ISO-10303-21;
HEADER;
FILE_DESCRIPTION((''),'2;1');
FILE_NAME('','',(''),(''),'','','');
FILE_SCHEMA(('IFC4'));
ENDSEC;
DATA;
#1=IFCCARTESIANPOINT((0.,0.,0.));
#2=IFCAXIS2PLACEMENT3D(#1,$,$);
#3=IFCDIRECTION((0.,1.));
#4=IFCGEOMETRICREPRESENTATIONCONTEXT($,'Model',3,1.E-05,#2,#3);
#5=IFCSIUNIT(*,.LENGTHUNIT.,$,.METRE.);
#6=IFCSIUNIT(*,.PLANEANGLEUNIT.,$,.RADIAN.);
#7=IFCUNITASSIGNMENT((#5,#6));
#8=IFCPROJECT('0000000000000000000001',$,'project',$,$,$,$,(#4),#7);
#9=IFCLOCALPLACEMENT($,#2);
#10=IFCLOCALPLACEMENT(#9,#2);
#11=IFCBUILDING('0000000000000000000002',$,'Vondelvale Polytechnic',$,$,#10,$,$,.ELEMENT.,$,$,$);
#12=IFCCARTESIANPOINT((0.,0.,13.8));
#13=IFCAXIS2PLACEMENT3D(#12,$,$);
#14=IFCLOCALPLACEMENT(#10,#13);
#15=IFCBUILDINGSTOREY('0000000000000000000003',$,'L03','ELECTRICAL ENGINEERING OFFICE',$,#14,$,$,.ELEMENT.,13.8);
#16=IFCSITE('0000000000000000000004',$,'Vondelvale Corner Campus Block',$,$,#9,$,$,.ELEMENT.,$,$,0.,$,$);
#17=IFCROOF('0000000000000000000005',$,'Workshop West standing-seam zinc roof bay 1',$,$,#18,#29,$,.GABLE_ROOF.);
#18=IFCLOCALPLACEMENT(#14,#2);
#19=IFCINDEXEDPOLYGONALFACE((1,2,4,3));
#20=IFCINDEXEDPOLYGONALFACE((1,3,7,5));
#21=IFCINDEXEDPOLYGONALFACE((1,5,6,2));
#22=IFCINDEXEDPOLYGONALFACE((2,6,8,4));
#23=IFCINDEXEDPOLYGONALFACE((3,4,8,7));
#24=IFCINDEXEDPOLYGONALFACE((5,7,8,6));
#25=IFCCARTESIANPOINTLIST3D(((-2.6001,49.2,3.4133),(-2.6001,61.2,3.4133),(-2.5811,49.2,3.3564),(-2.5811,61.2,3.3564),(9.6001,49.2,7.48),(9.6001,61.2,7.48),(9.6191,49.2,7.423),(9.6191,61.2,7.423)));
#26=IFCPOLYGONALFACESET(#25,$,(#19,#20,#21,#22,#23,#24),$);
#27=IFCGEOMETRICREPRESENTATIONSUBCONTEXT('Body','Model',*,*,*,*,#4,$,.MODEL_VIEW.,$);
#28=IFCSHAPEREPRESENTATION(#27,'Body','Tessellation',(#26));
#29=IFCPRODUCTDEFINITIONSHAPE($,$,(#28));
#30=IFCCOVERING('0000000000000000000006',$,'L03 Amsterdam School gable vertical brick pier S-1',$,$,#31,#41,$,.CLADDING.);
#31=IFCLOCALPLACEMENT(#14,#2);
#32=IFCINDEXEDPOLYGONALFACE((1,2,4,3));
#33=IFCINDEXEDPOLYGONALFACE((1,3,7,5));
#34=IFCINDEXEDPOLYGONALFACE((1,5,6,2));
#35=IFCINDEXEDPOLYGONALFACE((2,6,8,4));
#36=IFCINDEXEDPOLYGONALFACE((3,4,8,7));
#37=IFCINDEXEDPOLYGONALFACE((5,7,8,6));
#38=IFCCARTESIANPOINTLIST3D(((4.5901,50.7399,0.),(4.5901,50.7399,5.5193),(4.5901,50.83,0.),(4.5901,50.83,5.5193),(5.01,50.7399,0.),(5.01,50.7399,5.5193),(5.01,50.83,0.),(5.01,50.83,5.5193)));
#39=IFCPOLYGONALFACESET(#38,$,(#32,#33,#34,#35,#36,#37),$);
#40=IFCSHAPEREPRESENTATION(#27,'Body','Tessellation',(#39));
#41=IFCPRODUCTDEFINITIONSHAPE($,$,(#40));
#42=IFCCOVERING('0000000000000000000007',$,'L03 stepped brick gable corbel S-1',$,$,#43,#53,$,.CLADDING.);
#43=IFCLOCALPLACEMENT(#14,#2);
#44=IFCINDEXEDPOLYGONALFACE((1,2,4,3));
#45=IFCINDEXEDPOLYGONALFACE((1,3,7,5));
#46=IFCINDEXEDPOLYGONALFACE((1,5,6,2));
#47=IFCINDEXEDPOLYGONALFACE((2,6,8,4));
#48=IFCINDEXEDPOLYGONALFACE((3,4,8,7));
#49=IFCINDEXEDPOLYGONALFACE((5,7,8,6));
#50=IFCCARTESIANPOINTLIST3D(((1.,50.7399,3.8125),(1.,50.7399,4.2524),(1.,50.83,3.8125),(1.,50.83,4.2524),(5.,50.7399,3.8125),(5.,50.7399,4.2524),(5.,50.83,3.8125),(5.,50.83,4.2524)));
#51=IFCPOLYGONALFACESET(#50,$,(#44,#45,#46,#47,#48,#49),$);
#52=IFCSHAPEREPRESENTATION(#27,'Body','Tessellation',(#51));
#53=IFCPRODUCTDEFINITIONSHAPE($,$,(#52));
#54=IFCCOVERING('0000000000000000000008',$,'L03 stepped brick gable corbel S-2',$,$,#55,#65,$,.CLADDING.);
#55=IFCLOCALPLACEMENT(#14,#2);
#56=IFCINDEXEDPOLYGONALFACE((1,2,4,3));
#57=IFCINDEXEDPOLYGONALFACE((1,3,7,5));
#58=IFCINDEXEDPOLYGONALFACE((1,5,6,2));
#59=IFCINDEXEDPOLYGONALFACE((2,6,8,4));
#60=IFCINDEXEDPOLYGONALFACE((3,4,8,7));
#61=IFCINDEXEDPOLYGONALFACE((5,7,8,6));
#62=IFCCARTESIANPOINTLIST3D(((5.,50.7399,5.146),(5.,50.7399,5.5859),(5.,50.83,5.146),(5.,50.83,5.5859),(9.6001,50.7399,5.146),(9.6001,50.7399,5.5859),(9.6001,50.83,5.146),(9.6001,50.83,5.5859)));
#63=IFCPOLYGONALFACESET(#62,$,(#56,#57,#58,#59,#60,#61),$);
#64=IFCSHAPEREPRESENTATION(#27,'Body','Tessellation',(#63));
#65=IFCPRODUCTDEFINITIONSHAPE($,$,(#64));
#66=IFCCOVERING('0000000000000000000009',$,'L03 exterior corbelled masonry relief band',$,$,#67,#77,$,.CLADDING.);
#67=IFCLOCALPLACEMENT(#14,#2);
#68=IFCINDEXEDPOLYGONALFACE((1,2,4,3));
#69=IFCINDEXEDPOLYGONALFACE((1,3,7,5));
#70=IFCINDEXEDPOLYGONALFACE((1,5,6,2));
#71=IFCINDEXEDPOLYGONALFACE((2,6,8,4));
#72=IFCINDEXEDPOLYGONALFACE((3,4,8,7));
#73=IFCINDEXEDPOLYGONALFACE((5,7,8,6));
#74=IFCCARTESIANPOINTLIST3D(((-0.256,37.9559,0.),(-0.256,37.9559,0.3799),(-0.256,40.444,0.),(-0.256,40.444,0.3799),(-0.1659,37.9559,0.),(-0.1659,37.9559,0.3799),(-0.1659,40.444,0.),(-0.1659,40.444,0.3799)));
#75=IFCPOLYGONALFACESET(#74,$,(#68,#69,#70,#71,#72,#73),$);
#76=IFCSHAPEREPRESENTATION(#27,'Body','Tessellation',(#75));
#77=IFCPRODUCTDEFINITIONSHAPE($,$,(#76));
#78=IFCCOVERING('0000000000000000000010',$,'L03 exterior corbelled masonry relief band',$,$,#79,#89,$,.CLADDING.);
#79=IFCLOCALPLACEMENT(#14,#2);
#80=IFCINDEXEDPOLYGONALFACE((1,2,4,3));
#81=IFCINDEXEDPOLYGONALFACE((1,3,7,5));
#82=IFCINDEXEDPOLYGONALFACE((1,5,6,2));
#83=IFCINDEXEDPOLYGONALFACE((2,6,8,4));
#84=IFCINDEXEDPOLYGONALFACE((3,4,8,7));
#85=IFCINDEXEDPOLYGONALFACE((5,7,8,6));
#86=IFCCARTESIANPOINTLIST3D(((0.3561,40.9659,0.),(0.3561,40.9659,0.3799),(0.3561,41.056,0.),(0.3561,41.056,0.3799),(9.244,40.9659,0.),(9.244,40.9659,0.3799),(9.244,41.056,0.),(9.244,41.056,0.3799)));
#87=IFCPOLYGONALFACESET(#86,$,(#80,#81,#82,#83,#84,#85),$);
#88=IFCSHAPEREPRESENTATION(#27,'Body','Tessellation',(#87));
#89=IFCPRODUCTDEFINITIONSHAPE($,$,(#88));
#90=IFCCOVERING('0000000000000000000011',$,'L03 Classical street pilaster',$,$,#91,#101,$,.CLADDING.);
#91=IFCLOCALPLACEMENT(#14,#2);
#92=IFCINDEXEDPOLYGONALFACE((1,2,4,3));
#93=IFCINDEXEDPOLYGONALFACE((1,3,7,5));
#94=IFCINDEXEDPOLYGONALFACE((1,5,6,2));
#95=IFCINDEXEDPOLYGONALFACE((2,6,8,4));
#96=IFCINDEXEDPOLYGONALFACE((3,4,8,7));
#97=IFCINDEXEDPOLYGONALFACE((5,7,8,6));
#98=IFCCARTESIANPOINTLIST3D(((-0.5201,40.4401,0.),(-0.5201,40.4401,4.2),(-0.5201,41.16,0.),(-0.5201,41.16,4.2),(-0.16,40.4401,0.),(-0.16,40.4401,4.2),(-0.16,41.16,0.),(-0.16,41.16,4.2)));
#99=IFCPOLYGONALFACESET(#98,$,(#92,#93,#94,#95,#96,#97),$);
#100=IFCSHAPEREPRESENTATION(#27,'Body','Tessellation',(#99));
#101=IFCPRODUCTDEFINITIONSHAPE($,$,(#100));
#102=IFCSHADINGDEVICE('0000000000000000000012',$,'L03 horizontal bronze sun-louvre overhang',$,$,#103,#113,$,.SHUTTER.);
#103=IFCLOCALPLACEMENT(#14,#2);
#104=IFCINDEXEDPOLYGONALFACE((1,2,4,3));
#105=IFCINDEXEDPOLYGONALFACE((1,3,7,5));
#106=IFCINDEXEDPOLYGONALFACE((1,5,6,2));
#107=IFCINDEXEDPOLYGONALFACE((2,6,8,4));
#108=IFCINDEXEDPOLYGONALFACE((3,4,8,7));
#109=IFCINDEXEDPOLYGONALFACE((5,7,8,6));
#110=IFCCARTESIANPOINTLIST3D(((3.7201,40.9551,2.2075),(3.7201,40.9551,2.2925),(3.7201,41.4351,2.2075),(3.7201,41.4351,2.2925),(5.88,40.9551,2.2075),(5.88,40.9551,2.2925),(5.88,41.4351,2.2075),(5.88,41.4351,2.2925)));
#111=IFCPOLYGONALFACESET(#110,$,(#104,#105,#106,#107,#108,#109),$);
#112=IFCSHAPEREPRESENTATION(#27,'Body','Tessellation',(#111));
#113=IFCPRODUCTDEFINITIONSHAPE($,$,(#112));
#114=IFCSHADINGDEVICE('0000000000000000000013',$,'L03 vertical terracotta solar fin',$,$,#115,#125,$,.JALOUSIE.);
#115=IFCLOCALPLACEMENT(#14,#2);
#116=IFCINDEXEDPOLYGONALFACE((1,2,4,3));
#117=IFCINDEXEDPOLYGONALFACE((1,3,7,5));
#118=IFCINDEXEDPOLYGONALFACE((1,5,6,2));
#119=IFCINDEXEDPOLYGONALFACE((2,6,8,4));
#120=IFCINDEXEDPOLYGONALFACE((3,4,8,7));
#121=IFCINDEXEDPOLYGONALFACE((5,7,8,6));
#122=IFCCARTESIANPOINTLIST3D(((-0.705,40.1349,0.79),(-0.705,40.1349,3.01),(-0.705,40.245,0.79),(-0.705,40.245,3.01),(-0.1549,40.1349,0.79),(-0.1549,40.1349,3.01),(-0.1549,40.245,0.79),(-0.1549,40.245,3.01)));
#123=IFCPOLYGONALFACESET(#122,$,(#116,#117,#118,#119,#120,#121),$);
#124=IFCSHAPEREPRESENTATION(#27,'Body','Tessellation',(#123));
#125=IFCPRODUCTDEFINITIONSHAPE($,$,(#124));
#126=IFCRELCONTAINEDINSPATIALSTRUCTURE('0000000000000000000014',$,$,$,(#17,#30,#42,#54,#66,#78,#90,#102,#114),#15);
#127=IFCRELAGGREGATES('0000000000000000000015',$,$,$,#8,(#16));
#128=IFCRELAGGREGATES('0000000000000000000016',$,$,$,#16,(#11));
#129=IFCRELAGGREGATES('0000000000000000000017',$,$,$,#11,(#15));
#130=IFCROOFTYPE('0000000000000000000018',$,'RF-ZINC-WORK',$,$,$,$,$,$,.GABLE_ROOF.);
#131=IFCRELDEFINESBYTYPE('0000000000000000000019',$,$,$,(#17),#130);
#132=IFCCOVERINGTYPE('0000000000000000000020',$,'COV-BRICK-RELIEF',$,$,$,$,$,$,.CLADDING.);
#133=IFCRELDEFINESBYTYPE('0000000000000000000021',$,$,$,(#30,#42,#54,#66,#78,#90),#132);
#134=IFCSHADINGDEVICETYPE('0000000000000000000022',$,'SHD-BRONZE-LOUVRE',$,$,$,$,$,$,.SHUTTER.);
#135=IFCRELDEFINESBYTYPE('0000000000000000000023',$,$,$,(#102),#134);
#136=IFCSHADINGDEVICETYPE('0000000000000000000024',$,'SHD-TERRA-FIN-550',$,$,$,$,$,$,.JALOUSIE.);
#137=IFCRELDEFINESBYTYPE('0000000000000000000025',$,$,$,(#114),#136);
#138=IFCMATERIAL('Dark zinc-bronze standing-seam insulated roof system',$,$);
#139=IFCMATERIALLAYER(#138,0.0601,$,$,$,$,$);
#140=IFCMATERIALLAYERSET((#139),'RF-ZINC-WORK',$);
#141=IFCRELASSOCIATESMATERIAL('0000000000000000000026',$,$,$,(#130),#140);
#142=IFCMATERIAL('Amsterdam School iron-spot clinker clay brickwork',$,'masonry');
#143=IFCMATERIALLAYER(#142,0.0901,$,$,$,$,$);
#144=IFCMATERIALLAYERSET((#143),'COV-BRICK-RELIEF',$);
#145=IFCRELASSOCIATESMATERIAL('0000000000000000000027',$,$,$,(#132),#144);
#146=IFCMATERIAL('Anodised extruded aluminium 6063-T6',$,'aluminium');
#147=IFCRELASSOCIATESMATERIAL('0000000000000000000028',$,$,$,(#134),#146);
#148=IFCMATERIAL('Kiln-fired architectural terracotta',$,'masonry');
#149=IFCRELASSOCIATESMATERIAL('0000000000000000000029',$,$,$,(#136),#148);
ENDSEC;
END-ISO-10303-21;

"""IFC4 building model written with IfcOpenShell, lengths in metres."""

from ifc_helpers import new_model, si_unit, direction, frame, origin, origin_2d, place, context, subcontext, project, spatial, polyline, rectangle, outline, extrude, material, layer, layer_set, type_object, element, save


model = new_model("IFC4")

# Units and contexts
model_context = context("Model", 3, precision=1e-05, world=origin(), true_north=direction((0.0, 1.0)))
body_context = subcontext(model_context, "Body", "Model", "MODEL_VIEW")
ifc_project = project(units=[si_unit("LENGTHUNIT", "METRE"), si_unit("PLANEANGLEUNIT", "RADIAN")], contexts=[model_context])

# Site, building, storey
site_placement = place(None, origin())
site = spatial("IfcSite", under=ifc_project, at=site_placement, Name="Vondelvale Corner Campus Block", CompositionType="ELEMENT", RefElevation=0.0)
building_placement = place(site_placement, origin())
building = spatial("IfcBuilding", under=site, at=building_placement, Name="Vondelvale Polytechnic", CompositionType="ELEMENT")
storey_placement = place(building_placement, frame((0.0, 0.0, 13.8)))
storey = spatial("IfcBuildingStorey", under=building, at=storey_placement, Name="L03", Description="ELECTRICAL ENGINEERING OFFICE", CompositionType="ELEMENT", Elevation=13.8)

# Shared definitions
ifc_material_1 = material(Name="Amsterdam School iron-spot clinker clay brickwork", Category="masonry")

# Roof
ifc_material_2 = material(Name="Dark zinc-bronze standing-seam insulated roof system")
ifc_layer_1 = layer(ifc_material_2, 0.0601)
ifc_layer_set_1 = layer_set([ifc_layer_1], Name="RF-ZINC-WORK")
roof_type = type_object("IfcRoofType", Name="RF-ZINC-WORK", PredefinedType="GABLE_ROOF", material=ifc_layer_set_1)
roof_placement = place(storey_placement, frame((-2.6001, 49.2, 3.4133), z_axis=(-0.316222, 0.0, 0.948685), x_axis=(0.948685, 0.0, 0.316222)))
element("IfcRoof", 1, at=roof_placement, inside=storey, type_object=roof_type, Name="Workshop West standing-seam zinc roof bay 1", PredefinedType="GABLE_ROOF", context=body_context, shape_type="SweptSolid", body=[
    extrude(outline(polyline([(0.0, 0.0), (12.8601, 0.0), (12.8601, 12.0), (0.0, 12.0), (0.0, 0.0)])), origin(), (0.0, 0.0, -1.0), 0.0601),
])

# Coverings
ifc_layer_2 = layer(ifc_material_1, 0.0901)
ifc_layer_set_2 = layer_set([ifc_layer_2], Name="COV-BRICK-RELIEF")
covering_type = type_object("IfcCoveringType", Name="COV-BRICK-RELIEF", PredefinedType="CLADDING", material=ifc_layer_set_2)
covering_1_placement = place(storey_placement, frame((4.8, 50.7849, 0.0), z_axis=(0.0, 0.0, 1.0), x_axis=(1.0, 0.0, 0.0)))
element("IfcCovering", 2, at=covering_1_placement, inside=storey, type_object=covering_type, Name="L03 Amsterdam School gable vertical brick pier S-1", PredefinedType="CLADDING", context=body_context, shape_type="SweptSolid", body=[
    extrude(rectangle(XDim=0.4199, YDim=0.0901, at=origin_2d()), origin(), (0.0, 0.0, 1.0), 5.5193),
])
covering_2_placement = place(storey_placement, frame((3.0, 50.7849, 3.8125), z_axis=(0.0, 0.0, 1.0), x_axis=(1.0, 0.0, 0.0)))
element("IfcCovering", 3, at=covering_2_placement, inside=storey, type_object=covering_type, Name="L03 stepped brick gable corbel S-1", PredefinedType="CLADDING", context=body_context, shape_type="SweptSolid", body=[
    extrude(rectangle(XDim=4.0, YDim=0.0901, at=origin_2d()), origin(), (0.0, 0.0, 1.0), 0.4399),
])
covering_3_placement = place(storey_placement, frame((7.3, 50.7849, 5.146), z_axis=(0.0, 0.0, 1.0), x_axis=(1.0, 0.0, 0.0)))
element("IfcCovering", 4, at=covering_3_placement, inside=storey, type_object=covering_type, Name="L03 stepped brick gable corbel S-2", PredefinedType="CLADDING", context=body_context, shape_type="SweptSolid", body=[
    extrude(rectangle(XDim=4.6001, YDim=0.0901, at=origin_2d()), origin(), (0.0, 0.0, 1.0), 0.4399),
])
covering_4_placement = place(storey_placement, frame((-0.2109, 39.2, 0.0), z_axis=(0.0, 0.0, 1.0), x_axis=(0.0, 1.0, 0.0)))
element("IfcCovering", 5, at=covering_4_placement, inside=storey, type_object=covering_type, Name="L03 exterior corbelled masonry relief band", PredefinedType="CLADDING", context=body_context, shape_type="SweptSolid", body=[
    extrude(rectangle(XDim=2.488, YDim=0.0901, at=origin_2d()), origin(), (0.0, 0.0, 1.0), 0.3799),
])
covering_5_placement = place(storey_placement, frame((4.8, 41.011, 0.0), z_axis=(0.0, 0.0, 1.0), x_axis=(1.0, 0.0, 0.0)))
element("IfcCovering", 6, at=covering_5_placement, inside=storey, type_object=covering_type, Name="L03 exterior corbelled masonry relief band", PredefinedType="CLADDING", context=body_context, shape_type="SweptSolid", body=[
    extrude(rectangle(XDim=8.8879, YDim=0.0901, at=origin_2d()), origin(), (0.0, 0.0, 1.0), 0.3799),
])
covering_6_placement = place(storey_placement, frame((-0.3401, 40.8, 0.0), z_axis=(0.0, 0.0, 1.0), x_axis=(1.0, 0.0, 0.0)))
element("IfcCovering", 7, at=covering_6_placement, inside=storey, type_object=covering_type, Name="L03 Classical street pilaster", PredefinedType="CLADDING", context=body_context, shape_type="SweptSolid", body=[
    extrude(rectangle(XDim=0.3601, YDim=0.72, at=origin_2d()), origin(), (0.0, 0.0, 1.0), 4.2),
])

# Shading devices
ifc_material_3 = material(Name="Anodised extruded aluminium 6063-T6", Category="aluminium")
shading_device_type_1 = type_object("IfcShadingDeviceType", Name="SHD-BRONZE-LOUVRE", PredefinedType="SHUTTER", material=ifc_material_3)
shading_device_1_placement = place(storey_placement, frame((4.8, 41.1951, 2.2075), z_axis=(0.0, 0.0, 1.0), x_axis=(1.0, 0.0, 0.0)))
element("IfcShadingDevice", 8, at=shading_device_1_placement, inside=storey, type_object=shading_device_type_1, Name="L03 horizontal bronze sun-louvre overhang", PredefinedType="SHUTTER", context=body_context, shape_type="SweptSolid", body=[
    extrude(rectangle(XDim=2.1599, YDim=0.48, at=origin_2d()), origin(), (0.0, 0.0, 1.0), 0.085),
])
ifc_material_4 = material(Name="Kiln-fired architectural terracotta", Category="masonry")
shading_device_type_2 = type_object("IfcShadingDeviceType", Name="SHD-TERRA-FIN-550", PredefinedType="JALOUSIE", material=ifc_material_4)
shading_device_2_placement = place(storey_placement, frame((-0.4299, 40.1899, 0.79), z_axis=(0.0, 0.0, 1.0), x_axis=(0.0, 1.0, 0.0)))
element("IfcShadingDevice", 9, at=shading_device_2_placement, inside=storey, type_object=shading_device_type_2, Name="L03 vertical terracotta solar fin", PredefinedType="JALOUSIE", context=body_context, shape_type="SweptSolid", body=[
    extrude(rectangle(XDim=0.1101, YDim=0.55, at=origin_2d()), origin(), (0.0, 0.0, 1.0), 2.22),
])

save(model, "model.ifc")
